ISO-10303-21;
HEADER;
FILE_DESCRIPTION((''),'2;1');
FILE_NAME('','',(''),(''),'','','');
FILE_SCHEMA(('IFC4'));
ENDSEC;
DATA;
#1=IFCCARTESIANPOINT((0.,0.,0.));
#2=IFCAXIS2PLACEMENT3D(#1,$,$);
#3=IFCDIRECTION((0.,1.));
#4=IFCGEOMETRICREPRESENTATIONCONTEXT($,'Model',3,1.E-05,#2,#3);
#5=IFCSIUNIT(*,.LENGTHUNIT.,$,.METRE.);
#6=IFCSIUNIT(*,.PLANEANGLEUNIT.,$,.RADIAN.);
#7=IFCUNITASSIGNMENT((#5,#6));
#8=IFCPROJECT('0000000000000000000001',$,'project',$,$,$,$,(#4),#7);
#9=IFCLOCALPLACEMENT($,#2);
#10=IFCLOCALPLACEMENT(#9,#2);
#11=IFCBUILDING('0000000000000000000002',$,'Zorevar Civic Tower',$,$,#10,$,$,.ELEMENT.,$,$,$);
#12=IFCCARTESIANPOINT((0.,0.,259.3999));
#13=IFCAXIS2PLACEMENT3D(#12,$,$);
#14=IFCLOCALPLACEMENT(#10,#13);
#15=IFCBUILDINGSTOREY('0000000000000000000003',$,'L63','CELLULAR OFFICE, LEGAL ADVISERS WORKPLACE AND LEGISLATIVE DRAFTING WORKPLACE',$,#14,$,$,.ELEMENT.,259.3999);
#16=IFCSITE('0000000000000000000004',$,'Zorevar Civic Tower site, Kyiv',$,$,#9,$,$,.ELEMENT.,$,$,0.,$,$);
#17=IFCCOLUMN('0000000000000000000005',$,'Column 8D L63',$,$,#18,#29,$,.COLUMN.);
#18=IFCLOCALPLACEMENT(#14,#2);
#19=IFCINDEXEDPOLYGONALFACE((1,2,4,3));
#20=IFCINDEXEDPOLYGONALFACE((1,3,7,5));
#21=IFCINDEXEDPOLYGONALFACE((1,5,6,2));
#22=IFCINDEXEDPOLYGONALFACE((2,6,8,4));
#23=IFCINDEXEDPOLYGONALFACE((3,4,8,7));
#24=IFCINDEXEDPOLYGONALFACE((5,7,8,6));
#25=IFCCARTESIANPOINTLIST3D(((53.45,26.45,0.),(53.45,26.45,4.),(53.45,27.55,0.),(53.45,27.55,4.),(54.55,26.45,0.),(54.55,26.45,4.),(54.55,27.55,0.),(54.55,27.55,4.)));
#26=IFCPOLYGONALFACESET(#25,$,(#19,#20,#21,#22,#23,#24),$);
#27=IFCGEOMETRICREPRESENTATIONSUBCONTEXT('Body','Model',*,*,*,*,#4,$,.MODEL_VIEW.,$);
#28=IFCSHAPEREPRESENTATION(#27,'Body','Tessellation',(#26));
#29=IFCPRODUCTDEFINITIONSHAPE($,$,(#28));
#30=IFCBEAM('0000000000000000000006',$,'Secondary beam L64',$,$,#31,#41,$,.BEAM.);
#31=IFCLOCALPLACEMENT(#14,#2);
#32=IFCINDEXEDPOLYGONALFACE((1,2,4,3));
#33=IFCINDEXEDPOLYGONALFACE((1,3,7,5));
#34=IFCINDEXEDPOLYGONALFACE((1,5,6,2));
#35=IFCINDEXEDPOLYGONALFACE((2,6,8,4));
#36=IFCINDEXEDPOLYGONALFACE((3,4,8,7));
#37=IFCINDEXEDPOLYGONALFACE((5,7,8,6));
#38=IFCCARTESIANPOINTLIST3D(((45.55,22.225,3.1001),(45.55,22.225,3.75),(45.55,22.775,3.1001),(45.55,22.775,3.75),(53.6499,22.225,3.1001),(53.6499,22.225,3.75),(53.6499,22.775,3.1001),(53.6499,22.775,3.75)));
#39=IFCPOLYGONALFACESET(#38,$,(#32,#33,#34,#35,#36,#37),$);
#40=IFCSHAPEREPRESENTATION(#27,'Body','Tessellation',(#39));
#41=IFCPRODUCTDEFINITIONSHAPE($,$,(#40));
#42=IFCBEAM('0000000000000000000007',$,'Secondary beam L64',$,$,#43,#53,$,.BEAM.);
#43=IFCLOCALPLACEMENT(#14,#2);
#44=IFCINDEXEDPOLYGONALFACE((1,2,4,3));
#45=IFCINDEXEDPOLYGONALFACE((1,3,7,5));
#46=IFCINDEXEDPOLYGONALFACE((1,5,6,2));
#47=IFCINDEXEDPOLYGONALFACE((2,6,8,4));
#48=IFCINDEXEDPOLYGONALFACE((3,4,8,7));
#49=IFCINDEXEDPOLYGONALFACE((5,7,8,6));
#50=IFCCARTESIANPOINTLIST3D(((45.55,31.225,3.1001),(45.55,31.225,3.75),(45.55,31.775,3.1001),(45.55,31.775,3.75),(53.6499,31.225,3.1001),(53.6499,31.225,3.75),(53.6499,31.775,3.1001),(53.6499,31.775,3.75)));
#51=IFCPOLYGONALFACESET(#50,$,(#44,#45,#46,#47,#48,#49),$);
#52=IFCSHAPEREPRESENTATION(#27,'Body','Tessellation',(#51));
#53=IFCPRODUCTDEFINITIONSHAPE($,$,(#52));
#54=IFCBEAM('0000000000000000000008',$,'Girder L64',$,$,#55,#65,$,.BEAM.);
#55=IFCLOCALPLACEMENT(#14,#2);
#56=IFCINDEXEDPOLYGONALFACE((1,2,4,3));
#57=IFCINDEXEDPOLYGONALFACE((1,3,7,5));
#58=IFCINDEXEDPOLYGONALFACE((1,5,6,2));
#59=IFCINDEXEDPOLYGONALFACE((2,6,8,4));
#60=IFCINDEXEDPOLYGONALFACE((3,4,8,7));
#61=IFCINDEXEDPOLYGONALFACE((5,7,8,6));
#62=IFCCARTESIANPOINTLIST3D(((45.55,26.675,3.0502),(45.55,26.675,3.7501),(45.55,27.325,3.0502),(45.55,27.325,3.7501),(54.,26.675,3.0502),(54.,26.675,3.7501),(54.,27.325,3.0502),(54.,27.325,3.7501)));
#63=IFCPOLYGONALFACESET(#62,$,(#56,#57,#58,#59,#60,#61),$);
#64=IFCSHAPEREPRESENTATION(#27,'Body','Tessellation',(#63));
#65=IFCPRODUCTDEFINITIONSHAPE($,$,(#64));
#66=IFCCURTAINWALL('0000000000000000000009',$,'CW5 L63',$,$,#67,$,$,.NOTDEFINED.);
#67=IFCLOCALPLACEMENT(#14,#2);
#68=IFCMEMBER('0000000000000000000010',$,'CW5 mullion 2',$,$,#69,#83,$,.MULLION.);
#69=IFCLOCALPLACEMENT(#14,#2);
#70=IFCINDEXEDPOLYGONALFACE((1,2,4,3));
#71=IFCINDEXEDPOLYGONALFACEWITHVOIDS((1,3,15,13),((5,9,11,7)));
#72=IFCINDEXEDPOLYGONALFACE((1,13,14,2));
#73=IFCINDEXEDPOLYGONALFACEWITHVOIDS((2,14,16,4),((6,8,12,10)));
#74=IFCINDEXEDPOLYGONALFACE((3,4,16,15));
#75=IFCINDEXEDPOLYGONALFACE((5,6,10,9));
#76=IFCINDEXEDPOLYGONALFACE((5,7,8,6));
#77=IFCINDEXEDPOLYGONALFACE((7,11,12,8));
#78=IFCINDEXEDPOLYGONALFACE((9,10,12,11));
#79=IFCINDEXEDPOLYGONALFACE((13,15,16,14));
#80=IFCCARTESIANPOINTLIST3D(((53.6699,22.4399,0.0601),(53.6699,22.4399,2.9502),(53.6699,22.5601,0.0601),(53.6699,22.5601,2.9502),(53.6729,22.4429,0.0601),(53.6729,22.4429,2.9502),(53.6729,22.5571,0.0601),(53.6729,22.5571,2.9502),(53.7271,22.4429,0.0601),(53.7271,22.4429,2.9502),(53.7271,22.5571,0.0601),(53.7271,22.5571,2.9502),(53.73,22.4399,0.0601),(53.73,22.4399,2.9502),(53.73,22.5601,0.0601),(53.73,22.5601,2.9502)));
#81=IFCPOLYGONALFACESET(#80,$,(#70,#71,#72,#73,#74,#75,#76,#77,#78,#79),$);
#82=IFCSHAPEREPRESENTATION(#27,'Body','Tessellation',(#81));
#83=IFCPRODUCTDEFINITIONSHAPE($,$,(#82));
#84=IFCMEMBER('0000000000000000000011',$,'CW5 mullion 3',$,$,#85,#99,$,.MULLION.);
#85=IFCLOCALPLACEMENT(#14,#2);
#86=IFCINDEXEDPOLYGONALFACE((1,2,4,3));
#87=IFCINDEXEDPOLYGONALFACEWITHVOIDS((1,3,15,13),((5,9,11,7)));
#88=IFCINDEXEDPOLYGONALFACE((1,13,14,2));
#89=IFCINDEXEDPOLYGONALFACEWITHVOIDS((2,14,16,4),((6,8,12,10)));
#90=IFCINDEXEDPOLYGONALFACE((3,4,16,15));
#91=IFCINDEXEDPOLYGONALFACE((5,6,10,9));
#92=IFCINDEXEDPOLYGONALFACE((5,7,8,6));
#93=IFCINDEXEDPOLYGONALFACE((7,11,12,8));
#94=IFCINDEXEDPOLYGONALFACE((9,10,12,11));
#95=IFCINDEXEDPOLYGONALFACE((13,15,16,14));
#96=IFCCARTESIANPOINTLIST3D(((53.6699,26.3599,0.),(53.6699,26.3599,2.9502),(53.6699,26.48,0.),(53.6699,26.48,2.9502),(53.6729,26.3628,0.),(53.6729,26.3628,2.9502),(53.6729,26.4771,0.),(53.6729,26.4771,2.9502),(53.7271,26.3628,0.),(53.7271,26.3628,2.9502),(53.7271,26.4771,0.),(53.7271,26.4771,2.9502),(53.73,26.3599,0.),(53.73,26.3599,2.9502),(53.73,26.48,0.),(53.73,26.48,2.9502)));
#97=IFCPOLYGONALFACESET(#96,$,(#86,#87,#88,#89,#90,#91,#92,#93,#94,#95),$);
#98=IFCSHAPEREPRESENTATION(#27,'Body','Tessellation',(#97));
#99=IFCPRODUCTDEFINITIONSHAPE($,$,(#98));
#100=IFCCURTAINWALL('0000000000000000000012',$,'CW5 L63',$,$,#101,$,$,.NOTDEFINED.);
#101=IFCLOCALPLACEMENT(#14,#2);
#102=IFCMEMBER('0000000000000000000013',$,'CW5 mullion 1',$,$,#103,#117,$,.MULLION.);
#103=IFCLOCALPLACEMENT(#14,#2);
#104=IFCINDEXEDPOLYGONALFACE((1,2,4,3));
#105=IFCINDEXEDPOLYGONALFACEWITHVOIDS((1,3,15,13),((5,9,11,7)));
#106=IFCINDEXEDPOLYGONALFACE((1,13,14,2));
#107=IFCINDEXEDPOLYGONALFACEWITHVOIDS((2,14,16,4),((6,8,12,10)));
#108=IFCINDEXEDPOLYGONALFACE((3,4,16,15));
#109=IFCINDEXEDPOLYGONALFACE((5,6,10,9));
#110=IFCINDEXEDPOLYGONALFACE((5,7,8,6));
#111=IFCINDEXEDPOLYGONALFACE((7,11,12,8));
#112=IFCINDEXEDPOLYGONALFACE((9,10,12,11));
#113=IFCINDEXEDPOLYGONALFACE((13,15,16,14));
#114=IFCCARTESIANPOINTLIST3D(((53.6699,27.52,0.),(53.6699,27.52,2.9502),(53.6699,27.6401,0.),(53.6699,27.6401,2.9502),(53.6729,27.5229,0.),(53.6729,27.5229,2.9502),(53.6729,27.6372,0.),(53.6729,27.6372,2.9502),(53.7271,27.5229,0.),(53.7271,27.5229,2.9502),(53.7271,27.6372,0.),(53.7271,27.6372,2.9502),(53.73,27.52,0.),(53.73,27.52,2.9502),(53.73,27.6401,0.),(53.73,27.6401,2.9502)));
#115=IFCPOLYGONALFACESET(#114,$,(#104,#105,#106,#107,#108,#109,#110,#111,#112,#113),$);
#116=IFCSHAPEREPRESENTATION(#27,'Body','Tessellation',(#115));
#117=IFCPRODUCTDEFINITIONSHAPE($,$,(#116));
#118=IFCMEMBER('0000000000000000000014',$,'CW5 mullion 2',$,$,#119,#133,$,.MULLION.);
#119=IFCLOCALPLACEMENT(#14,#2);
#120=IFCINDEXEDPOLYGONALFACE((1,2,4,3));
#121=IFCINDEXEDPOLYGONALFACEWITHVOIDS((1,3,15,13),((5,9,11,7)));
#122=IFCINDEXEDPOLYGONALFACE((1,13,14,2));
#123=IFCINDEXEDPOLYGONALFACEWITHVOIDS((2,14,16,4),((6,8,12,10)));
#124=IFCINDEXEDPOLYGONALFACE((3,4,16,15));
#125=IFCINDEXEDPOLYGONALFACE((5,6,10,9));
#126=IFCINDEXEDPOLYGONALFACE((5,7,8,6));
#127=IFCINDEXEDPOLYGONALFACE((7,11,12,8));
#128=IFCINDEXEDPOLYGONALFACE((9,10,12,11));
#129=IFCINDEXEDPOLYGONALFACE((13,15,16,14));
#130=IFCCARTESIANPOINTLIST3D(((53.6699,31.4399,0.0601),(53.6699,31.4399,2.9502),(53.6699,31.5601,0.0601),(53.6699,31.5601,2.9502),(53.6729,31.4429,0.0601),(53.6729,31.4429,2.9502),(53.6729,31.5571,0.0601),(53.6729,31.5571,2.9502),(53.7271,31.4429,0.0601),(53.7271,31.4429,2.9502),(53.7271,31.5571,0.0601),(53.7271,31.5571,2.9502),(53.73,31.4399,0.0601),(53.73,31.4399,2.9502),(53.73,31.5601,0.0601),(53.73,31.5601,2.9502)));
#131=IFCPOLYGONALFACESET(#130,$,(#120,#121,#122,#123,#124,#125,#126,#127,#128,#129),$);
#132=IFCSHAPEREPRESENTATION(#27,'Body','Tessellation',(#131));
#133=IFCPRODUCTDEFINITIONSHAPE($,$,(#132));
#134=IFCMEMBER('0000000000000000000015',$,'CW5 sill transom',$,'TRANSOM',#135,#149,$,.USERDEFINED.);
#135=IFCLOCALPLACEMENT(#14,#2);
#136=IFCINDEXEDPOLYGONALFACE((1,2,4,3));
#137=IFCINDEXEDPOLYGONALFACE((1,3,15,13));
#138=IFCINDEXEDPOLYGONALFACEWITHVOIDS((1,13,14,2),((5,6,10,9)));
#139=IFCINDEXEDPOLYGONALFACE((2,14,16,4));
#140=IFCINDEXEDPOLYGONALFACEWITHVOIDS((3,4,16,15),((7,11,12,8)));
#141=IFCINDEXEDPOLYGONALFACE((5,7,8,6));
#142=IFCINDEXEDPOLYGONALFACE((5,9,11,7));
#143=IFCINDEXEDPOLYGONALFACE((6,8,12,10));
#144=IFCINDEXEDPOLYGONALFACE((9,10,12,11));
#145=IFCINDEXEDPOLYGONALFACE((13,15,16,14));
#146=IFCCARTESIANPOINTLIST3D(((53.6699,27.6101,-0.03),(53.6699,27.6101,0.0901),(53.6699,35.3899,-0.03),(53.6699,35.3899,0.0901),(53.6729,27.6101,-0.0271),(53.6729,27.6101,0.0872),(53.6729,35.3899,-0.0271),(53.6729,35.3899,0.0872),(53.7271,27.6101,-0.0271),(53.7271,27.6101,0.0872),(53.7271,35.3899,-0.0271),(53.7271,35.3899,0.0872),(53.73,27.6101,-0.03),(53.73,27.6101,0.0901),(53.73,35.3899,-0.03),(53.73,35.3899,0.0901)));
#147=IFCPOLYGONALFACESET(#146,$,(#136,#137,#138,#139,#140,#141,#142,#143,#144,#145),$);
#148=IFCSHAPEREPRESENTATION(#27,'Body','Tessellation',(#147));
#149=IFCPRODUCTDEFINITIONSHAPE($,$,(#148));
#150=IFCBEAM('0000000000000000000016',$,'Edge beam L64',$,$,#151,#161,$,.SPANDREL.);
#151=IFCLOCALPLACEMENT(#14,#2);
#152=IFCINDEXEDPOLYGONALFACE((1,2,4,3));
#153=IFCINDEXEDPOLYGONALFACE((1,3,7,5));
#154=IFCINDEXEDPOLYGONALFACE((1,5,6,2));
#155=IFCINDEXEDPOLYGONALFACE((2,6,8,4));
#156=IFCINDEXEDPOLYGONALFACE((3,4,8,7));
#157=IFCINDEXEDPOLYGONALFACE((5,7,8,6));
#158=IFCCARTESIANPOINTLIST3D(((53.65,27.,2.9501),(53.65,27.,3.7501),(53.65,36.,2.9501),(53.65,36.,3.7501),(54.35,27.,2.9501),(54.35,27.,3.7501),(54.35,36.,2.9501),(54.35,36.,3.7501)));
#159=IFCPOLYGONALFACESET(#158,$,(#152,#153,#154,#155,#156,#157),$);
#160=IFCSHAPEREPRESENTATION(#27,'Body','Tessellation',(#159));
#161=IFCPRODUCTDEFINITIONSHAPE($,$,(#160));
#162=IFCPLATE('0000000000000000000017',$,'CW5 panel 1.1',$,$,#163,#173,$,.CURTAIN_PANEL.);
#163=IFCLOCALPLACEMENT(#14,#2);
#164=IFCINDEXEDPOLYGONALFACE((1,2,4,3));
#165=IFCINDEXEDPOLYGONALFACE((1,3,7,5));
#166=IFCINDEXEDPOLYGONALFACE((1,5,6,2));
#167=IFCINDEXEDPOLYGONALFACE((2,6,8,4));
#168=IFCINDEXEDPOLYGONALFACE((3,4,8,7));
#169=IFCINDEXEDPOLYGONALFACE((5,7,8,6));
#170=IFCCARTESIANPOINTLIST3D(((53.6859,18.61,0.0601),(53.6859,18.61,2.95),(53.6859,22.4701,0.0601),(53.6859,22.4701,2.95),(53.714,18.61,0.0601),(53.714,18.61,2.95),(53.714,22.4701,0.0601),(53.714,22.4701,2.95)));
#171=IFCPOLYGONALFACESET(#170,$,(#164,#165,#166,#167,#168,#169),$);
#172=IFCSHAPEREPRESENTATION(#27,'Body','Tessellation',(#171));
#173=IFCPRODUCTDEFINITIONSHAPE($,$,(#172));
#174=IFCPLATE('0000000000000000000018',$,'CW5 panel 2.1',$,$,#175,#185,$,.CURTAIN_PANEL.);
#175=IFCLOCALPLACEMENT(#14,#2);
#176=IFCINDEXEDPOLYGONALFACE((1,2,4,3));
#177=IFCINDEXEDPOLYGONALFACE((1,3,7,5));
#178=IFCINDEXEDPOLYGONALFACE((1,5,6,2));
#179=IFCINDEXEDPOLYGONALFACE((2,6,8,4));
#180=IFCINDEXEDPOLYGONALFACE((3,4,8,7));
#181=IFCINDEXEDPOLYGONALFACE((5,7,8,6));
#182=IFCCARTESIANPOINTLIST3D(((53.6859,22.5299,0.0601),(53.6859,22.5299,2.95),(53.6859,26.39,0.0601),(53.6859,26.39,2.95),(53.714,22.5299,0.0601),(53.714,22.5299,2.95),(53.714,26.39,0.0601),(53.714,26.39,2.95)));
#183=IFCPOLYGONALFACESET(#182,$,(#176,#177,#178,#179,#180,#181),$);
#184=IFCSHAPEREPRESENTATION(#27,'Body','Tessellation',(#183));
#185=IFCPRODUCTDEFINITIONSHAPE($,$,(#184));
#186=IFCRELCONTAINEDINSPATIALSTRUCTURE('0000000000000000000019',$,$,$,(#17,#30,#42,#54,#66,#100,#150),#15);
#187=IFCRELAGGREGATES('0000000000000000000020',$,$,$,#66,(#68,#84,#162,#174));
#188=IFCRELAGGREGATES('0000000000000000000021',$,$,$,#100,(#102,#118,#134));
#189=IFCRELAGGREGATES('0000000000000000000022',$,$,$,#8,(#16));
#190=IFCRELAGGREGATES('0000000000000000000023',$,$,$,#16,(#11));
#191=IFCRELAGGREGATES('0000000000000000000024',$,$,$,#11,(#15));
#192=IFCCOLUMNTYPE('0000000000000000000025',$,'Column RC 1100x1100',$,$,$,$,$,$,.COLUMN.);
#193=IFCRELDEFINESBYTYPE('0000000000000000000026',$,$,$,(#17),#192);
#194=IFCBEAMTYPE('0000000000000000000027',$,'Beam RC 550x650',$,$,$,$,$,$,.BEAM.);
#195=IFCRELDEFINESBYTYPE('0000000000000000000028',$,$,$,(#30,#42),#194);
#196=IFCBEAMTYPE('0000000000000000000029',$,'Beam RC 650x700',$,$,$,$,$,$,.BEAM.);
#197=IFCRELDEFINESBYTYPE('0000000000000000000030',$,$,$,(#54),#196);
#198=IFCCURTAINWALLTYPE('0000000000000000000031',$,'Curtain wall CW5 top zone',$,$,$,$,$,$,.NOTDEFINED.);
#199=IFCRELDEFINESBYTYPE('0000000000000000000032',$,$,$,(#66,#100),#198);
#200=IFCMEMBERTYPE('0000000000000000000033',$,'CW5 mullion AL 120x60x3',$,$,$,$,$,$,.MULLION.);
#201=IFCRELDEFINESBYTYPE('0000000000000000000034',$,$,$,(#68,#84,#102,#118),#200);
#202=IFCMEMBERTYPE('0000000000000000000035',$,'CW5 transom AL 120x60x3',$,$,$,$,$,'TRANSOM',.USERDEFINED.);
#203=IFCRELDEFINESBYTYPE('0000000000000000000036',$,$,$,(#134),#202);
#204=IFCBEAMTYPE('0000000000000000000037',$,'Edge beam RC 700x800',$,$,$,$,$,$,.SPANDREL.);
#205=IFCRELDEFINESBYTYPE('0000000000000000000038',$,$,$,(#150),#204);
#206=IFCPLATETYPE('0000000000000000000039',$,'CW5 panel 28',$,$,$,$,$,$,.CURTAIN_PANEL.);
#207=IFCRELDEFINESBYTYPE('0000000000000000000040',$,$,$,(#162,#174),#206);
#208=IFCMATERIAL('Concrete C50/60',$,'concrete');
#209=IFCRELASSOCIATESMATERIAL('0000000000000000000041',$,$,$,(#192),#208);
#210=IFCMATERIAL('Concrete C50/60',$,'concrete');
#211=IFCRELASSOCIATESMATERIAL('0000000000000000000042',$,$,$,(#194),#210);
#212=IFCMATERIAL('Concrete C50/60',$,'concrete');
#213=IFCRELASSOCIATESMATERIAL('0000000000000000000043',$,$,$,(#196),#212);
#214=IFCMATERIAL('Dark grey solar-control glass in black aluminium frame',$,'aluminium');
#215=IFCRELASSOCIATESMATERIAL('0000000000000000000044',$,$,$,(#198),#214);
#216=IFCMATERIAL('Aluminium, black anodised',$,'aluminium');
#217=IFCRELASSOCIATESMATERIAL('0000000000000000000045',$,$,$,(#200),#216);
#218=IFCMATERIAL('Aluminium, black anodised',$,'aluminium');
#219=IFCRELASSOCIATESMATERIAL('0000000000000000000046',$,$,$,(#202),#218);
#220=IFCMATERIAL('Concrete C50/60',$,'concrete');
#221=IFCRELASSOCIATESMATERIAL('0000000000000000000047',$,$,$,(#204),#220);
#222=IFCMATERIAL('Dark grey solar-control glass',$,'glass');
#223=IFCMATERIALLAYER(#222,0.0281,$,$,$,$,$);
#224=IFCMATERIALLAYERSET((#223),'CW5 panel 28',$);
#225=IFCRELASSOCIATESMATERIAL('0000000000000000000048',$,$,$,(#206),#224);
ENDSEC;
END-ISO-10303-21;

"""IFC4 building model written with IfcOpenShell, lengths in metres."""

from ifc_helpers import new_model, si_unit, direction, frame, origin, origin_2d, place, context, subcontext, project, spatial, rectangle, hollow_rectangle, extrude, material, layer, layer_set, material_profile, profile_set, type_object, element, aggregate, save


model = new_model("IFC4")

# Units and contexts
model_context = context("Model", 3, precision=1e-05, world=origin(), true_north=direction((0.0, 1.0)))
body_context = subcontext(model_context, "Body", "Model", "MODEL_VIEW")
ifc_project = project(units=[si_unit("LENGTHUNIT", "METRE"), si_unit("PLANEANGLEUNIT", "RADIAN")], contexts=[model_context])

# Site, building, storey
site_placement = place(None, origin())
site = spatial("IfcSite", under=ifc_project, at=site_placement, Name="Zorevar Civic Tower site, Kyiv", CompositionType="ELEMENT", RefElevation=0.0)
building_placement = place(site_placement, origin())
building = spatial("IfcBuilding", under=site, at=building_placement, Name="Zorevar Civic Tower", CompositionType="ELEMENT")
storey_placement = place(building_placement, frame((0.0, 0.0, 259.3999)))
storey = spatial("IfcBuildingStorey", under=building, at=storey_placement, Name="L63", Description="CELLULAR OFFICE, LEGAL ADVISERS WORKPLACE AND LEGISLATIVE DRAFTING WORKPLACE", CompositionType="ELEMENT", Elevation=259.3999)

# Column
ifc_material_1 = material(Name="Concrete C50/60", Category="concrete")
ifc_material_profile_1 = material_profile(ifc_material_1, rectangle(XDim=1.1001, YDim=1.1001, at=origin_2d()), Name="RC 1100x1100")
ifc_profile_set_1 = profile_set([ifc_material_profile_1], Name="Concrete C50/60")
column_type = type_object("IfcColumnType", Name="Column RC 1100x1100", PredefinedType="COLUMN", material=ifc_profile_set_1)
column_placement = place(storey_placement, frame((54.0, 27.0, 0.0), z_axis=(0.0, 0.0, 1.0), x_axis=(1.0, 0.0, 0.0)))
element("IfcColumn", 1, at=column_placement, inside=storey, type_object=column_type, Name="Column 8D L63", PredefinedType="COLUMN", context=body_context, shape_type="SweptSolid", body=[
    extrude(rectangle(XDim=1.1001, YDim=1.1001, at=origin_2d()), origin(), (0.0, 0.0, 1.0), 4.0),
])

# Beams
ifc_material_2 = material(Name="Concrete C50/60", Category="concrete")
ifc_material_profile_2 = material_profile(ifc_material_2, rectangle(XDim=0.55, YDim=0.6499, at=origin_2d()), Name="RC 550x650")
ifc_profile_set_2 = profile_set([ifc_material_profile_2], Name="Concrete C50/60")
beam_type_1 = type_object("IfcBeamType", Name="Beam RC 550x650", PredefinedType="BEAM", material=ifc_profile_set_2)
for number, where, z_axis, x_axis, name in (
    (2, (45.55, 22.5, 3.425), (1.0, 0.0, 0.0), (0.0, 1.0, 0.0), "Secondary beam L64"),
    (3, (45.55, 31.5, 3.425), (1.0, 0.0, 0.0), (0.0, 1.0, 0.0), "Secondary beam L64"),
):
    element("IfcBeam", number, at=place(storey_placement, frame(where, z_axis=z_axis, x_axis=x_axis)), inside=storey, type_object=beam_type_1, Name=name, PredefinedType="BEAM", context=body_context, shape_type="SweptSolid", body=[
        extrude(rectangle(XDim=0.55, YDim=0.6499, at=origin_2d()), origin(), (0.0, 0.0, 1.0), 8.0999),
    ])
ifc_material_3 = material(Name="Concrete C50/60", Category="concrete")
ifc_material_profile_3 = material_profile(ifc_material_3, rectangle(XDim=0.6499, YDim=0.7, at=origin_2d()), Name="RC 650x700")
ifc_profile_set_3 = profile_set([ifc_material_profile_3], Name="Concrete C50/60")
beam_type_2 = type_object("IfcBeamType", Name="Beam RC 650x700", PredefinedType="BEAM", material=ifc_profile_set_3)
beam_1_placement = place(storey_placement, frame((45.55, 27.0, 3.4001), z_axis=(1.0, 0.0, 0.0), x_axis=(0.0, 1.0, 0.0)))
element("IfcBeam", 4, at=beam_1_placement, inside=storey, type_object=beam_type_2, Name="Girder L64", PredefinedType="BEAM", context=body_context, shape_type="SweptSolid", body=[
    extrude(rectangle(XDim=0.6499, YDim=0.7, at=origin_2d()), origin(), (0.0, 0.0, 1.0), 8.45),
])

# Curtain walls, members
ifc_material_4 = material(Name="Dark grey solar-control glass in black aluminium frame", Category="aluminium")
curtain_wall_type = type_object("IfcCurtainWallType", Name="Curtain wall CW5 top zone", PredefinedType="NOTDEFINED", material=ifc_material_4)
curtain_wall_1_placement = place(storey_placement, origin())
curtain_wall_1 = element("IfcCurtainWall", 5, at=curtain_wall_1_placement, inside=storey, type_object=curtain_wall_type, Name="CW5 L63", PredefinedType="NOTDEFINED")
ifc_material_5 = material(Name="Aluminium, black anodised", Category="aluminium")
ifc_material_profile_4 = material_profile(ifc_material_5, hollow_rectangle(XDim=0.0601, YDim=0.1201, WallThickness=0.0029, at=origin_2d()), Name="AL 120x60x3")
ifc_profile_set_4 = profile_set([ifc_material_profile_4], Name="Aluminium, black anodised")
member_type_1 = type_object("IfcMemberType", Name="CW5 mullion AL 120x60x3", PredefinedType="MULLION", material=ifc_profile_set_4)
member_1_placement = place(storey_placement, frame((53.7, 22.5, 0.0601), z_axis=(0.0, 0.0, 1.0), x_axis=(-1.0, 0.0, 0.0)))
member_1 = element("IfcMember", 6, at=member_1_placement, type_object=member_type_1, Name="CW5 mullion 2", PredefinedType="MULLION", context=body_context, shape_type="SweptSolid", body=[
    extrude(hollow_rectangle(XDim=0.0601, YDim=0.1201, WallThickness=0.0029, at=origin_2d()), origin(), (0.0, 0.0, 1.0), 2.8901),
])
member_2_placement = place(storey_placement, frame((53.7, 26.4199, 0.0), z_axis=(0.0, 0.0, 1.0), x_axis=(-1.0, 0.0, 0.0)))
member_2 = element("IfcMember", 7, at=member_2_placement, type_object=member_type_1, Name="CW5 mullion 3", PredefinedType="MULLION", context=body_context, shape_type="SweptSolid", body=[
    extrude(hollow_rectangle(XDim=0.0601, YDim=0.1201, WallThickness=0.0029, at=origin_2d()), origin(), (0.0, 0.0, 1.0), 2.9502),
])
curtain_wall_2_placement = place(storey_placement, origin())
curtain_wall_2 = element("IfcCurtainWall", 8, at=curtain_wall_2_placement, inside=storey, type_object=curtain_wall_type, Name="CW5 L63", PredefinedType="NOTDEFINED")
member_3_placement = place(storey_placement, frame((53.7, 27.5801, 0.0), z_axis=(0.0, 0.0, 1.0), x_axis=(-1.0, 0.0, 0.0)))
member_3 = element("IfcMember", 9, at=member_3_placement, type_object=member_type_1, Name="CW5 mullion 1", PredefinedType="MULLION", context=body_context, shape_type="SweptSolid", body=[
    extrude(hollow_rectangle(XDim=0.0601, YDim=0.1201, WallThickness=0.0029, at=origin_2d()), origin(), (0.0, 0.0, 1.0), 2.9502),
])
member_4_placement = place(storey_placement, frame((53.7, 31.5, 0.0601), z_axis=(0.0, 0.0, 1.0), x_axis=(-1.0, 0.0, 0.0)))
member_4 = element("IfcMember", 10, at=member_4_placement, type_object=member_type_1, Name="CW5 mullion 2", PredefinedType="MULLION", context=body_context, shape_type="SweptSolid", body=[
    extrude(hollow_rectangle(XDim=0.0601, YDim=0.1201, WallThickness=0.0029, at=origin_2d()), origin(), (0.0, 0.0, 1.0), 2.8901),
])
ifc_material_6 = material(Name="Aluminium, black anodised", Category="aluminium")
ifc_material_profile_5 = material_profile(ifc_material_6, hollow_rectangle(XDim=0.0601, YDim=0.1201, WallThickness=0.0029, at=origin_2d()), Name="AL 120x60x3")
ifc_profile_set_5 = profile_set([ifc_material_profile_5], Name="Aluminium, black anodised")
member_type_2 = type_object("IfcMemberType", Name="CW5 transom AL 120x60x3", ElementType="TRANSOM", PredefinedType="USERDEFINED", material=ifc_profile_set_5)
member_5_placement = place(storey_placement, frame((53.7, 27.6101, 0.03), z_axis=(0.0, 1.0, 0.0), x_axis=(-1.0, 0.0, 0.0)))
member_5 = element("IfcMember", 11, at=member_5_placement, type_object=member_type_2, Name="CW5 sill transom", ObjectType="TRANSOM", PredefinedType="USERDEFINED", context=body_context, shape_type="SweptSolid", body=[
    extrude(hollow_rectangle(XDim=0.0601, YDim=0.1201, WallThickness=0.0029, at=origin_2d()), origin(), (0.0, 0.0, 1.0), 7.7798),
])

# Beam
ifc_material_7 = material(Name="Concrete C50/60", Category="concrete")
ifc_material_profile_6 = material_profile(ifc_material_7, rectangle(XDim=0.7, YDim=0.8, at=origin_2d()), Name="RC 700x800")
ifc_profile_set_6 = profile_set([ifc_material_profile_6], Name="Concrete C50/60")
beam_type_3 = type_object("IfcBeamType", Name="Edge beam RC 700x800", PredefinedType="SPANDREL", material=ifc_profile_set_6)
beam_2_placement = place(storey_placement, frame((54.0, 27.0, 3.3501), z_axis=(0.0, 1.0, 0.0), x_axis=(-1.0, 0.0, 0.0)))
element("IfcBeam", 12, at=beam_2_placement, inside=storey, type_object=beam_type_3, Name="Edge beam L64", PredefinedType="SPANDREL", context=body_context, shape_type="SweptSolid", body=[
    extrude(rectangle(XDim=0.7, YDim=0.8, at=origin_2d()), origin(), (0.0, 0.0, 1.0), 9.0),
])

# Plates
ifc_material_8 = material(Name="Dark grey solar-control glass", Category="glass")
ifc_layer_1 = layer(ifc_material_8, 0.0281)
ifc_layer_set_1 = layer_set([ifc_layer_1], Name="CW5 panel 28")
plate_type = type_object("IfcPlateType", Name="CW5 panel 28", PredefinedType="CURTAIN_PANEL", material=ifc_layer_set_1)
plate_1_placement = place(storey_placement, frame((53.7, 20.54, 0.0601), z_axis=(0.0, 0.0, 1.0), x_axis=(0.0, 1.0, 0.0)))
plate_1 = element("IfcPlate", 13, at=plate_1_placement, type_object=plate_type, Name="CW5 panel 1.1", PredefinedType="CURTAIN_PANEL", context=body_context, shape_type="SweptSolid", body=[
    extrude(rectangle(XDim=3.8601, YDim=0.0281, at=origin_2d()), origin(), (0.0, 0.0, 1.0), 2.8899),
])
plate_2_placement = place(storey_placement, frame((53.7, 24.46, 0.0601), z_axis=(0.0, 0.0, 1.0), x_axis=(0.0, 1.0, 0.0)))
plate_2 = element("IfcPlate", 14, at=plate_2_placement, type_object=plate_type, Name="CW5 panel 2.1", PredefinedType="CURTAIN_PANEL", context=body_context, shape_type="SweptSolid", body=[
    extrude(rectangle(XDim=3.8601, YDim=0.0281, at=origin_2d()), origin(), (0.0, 0.0, 1.0), 2.8899),
])
aggregate(curtain_wall_1, [member_1, member_2, plate_1, plate_2])
aggregate(curtain_wall_2, [member_3, member_4, member_5])

save(model, "model.ifc")
